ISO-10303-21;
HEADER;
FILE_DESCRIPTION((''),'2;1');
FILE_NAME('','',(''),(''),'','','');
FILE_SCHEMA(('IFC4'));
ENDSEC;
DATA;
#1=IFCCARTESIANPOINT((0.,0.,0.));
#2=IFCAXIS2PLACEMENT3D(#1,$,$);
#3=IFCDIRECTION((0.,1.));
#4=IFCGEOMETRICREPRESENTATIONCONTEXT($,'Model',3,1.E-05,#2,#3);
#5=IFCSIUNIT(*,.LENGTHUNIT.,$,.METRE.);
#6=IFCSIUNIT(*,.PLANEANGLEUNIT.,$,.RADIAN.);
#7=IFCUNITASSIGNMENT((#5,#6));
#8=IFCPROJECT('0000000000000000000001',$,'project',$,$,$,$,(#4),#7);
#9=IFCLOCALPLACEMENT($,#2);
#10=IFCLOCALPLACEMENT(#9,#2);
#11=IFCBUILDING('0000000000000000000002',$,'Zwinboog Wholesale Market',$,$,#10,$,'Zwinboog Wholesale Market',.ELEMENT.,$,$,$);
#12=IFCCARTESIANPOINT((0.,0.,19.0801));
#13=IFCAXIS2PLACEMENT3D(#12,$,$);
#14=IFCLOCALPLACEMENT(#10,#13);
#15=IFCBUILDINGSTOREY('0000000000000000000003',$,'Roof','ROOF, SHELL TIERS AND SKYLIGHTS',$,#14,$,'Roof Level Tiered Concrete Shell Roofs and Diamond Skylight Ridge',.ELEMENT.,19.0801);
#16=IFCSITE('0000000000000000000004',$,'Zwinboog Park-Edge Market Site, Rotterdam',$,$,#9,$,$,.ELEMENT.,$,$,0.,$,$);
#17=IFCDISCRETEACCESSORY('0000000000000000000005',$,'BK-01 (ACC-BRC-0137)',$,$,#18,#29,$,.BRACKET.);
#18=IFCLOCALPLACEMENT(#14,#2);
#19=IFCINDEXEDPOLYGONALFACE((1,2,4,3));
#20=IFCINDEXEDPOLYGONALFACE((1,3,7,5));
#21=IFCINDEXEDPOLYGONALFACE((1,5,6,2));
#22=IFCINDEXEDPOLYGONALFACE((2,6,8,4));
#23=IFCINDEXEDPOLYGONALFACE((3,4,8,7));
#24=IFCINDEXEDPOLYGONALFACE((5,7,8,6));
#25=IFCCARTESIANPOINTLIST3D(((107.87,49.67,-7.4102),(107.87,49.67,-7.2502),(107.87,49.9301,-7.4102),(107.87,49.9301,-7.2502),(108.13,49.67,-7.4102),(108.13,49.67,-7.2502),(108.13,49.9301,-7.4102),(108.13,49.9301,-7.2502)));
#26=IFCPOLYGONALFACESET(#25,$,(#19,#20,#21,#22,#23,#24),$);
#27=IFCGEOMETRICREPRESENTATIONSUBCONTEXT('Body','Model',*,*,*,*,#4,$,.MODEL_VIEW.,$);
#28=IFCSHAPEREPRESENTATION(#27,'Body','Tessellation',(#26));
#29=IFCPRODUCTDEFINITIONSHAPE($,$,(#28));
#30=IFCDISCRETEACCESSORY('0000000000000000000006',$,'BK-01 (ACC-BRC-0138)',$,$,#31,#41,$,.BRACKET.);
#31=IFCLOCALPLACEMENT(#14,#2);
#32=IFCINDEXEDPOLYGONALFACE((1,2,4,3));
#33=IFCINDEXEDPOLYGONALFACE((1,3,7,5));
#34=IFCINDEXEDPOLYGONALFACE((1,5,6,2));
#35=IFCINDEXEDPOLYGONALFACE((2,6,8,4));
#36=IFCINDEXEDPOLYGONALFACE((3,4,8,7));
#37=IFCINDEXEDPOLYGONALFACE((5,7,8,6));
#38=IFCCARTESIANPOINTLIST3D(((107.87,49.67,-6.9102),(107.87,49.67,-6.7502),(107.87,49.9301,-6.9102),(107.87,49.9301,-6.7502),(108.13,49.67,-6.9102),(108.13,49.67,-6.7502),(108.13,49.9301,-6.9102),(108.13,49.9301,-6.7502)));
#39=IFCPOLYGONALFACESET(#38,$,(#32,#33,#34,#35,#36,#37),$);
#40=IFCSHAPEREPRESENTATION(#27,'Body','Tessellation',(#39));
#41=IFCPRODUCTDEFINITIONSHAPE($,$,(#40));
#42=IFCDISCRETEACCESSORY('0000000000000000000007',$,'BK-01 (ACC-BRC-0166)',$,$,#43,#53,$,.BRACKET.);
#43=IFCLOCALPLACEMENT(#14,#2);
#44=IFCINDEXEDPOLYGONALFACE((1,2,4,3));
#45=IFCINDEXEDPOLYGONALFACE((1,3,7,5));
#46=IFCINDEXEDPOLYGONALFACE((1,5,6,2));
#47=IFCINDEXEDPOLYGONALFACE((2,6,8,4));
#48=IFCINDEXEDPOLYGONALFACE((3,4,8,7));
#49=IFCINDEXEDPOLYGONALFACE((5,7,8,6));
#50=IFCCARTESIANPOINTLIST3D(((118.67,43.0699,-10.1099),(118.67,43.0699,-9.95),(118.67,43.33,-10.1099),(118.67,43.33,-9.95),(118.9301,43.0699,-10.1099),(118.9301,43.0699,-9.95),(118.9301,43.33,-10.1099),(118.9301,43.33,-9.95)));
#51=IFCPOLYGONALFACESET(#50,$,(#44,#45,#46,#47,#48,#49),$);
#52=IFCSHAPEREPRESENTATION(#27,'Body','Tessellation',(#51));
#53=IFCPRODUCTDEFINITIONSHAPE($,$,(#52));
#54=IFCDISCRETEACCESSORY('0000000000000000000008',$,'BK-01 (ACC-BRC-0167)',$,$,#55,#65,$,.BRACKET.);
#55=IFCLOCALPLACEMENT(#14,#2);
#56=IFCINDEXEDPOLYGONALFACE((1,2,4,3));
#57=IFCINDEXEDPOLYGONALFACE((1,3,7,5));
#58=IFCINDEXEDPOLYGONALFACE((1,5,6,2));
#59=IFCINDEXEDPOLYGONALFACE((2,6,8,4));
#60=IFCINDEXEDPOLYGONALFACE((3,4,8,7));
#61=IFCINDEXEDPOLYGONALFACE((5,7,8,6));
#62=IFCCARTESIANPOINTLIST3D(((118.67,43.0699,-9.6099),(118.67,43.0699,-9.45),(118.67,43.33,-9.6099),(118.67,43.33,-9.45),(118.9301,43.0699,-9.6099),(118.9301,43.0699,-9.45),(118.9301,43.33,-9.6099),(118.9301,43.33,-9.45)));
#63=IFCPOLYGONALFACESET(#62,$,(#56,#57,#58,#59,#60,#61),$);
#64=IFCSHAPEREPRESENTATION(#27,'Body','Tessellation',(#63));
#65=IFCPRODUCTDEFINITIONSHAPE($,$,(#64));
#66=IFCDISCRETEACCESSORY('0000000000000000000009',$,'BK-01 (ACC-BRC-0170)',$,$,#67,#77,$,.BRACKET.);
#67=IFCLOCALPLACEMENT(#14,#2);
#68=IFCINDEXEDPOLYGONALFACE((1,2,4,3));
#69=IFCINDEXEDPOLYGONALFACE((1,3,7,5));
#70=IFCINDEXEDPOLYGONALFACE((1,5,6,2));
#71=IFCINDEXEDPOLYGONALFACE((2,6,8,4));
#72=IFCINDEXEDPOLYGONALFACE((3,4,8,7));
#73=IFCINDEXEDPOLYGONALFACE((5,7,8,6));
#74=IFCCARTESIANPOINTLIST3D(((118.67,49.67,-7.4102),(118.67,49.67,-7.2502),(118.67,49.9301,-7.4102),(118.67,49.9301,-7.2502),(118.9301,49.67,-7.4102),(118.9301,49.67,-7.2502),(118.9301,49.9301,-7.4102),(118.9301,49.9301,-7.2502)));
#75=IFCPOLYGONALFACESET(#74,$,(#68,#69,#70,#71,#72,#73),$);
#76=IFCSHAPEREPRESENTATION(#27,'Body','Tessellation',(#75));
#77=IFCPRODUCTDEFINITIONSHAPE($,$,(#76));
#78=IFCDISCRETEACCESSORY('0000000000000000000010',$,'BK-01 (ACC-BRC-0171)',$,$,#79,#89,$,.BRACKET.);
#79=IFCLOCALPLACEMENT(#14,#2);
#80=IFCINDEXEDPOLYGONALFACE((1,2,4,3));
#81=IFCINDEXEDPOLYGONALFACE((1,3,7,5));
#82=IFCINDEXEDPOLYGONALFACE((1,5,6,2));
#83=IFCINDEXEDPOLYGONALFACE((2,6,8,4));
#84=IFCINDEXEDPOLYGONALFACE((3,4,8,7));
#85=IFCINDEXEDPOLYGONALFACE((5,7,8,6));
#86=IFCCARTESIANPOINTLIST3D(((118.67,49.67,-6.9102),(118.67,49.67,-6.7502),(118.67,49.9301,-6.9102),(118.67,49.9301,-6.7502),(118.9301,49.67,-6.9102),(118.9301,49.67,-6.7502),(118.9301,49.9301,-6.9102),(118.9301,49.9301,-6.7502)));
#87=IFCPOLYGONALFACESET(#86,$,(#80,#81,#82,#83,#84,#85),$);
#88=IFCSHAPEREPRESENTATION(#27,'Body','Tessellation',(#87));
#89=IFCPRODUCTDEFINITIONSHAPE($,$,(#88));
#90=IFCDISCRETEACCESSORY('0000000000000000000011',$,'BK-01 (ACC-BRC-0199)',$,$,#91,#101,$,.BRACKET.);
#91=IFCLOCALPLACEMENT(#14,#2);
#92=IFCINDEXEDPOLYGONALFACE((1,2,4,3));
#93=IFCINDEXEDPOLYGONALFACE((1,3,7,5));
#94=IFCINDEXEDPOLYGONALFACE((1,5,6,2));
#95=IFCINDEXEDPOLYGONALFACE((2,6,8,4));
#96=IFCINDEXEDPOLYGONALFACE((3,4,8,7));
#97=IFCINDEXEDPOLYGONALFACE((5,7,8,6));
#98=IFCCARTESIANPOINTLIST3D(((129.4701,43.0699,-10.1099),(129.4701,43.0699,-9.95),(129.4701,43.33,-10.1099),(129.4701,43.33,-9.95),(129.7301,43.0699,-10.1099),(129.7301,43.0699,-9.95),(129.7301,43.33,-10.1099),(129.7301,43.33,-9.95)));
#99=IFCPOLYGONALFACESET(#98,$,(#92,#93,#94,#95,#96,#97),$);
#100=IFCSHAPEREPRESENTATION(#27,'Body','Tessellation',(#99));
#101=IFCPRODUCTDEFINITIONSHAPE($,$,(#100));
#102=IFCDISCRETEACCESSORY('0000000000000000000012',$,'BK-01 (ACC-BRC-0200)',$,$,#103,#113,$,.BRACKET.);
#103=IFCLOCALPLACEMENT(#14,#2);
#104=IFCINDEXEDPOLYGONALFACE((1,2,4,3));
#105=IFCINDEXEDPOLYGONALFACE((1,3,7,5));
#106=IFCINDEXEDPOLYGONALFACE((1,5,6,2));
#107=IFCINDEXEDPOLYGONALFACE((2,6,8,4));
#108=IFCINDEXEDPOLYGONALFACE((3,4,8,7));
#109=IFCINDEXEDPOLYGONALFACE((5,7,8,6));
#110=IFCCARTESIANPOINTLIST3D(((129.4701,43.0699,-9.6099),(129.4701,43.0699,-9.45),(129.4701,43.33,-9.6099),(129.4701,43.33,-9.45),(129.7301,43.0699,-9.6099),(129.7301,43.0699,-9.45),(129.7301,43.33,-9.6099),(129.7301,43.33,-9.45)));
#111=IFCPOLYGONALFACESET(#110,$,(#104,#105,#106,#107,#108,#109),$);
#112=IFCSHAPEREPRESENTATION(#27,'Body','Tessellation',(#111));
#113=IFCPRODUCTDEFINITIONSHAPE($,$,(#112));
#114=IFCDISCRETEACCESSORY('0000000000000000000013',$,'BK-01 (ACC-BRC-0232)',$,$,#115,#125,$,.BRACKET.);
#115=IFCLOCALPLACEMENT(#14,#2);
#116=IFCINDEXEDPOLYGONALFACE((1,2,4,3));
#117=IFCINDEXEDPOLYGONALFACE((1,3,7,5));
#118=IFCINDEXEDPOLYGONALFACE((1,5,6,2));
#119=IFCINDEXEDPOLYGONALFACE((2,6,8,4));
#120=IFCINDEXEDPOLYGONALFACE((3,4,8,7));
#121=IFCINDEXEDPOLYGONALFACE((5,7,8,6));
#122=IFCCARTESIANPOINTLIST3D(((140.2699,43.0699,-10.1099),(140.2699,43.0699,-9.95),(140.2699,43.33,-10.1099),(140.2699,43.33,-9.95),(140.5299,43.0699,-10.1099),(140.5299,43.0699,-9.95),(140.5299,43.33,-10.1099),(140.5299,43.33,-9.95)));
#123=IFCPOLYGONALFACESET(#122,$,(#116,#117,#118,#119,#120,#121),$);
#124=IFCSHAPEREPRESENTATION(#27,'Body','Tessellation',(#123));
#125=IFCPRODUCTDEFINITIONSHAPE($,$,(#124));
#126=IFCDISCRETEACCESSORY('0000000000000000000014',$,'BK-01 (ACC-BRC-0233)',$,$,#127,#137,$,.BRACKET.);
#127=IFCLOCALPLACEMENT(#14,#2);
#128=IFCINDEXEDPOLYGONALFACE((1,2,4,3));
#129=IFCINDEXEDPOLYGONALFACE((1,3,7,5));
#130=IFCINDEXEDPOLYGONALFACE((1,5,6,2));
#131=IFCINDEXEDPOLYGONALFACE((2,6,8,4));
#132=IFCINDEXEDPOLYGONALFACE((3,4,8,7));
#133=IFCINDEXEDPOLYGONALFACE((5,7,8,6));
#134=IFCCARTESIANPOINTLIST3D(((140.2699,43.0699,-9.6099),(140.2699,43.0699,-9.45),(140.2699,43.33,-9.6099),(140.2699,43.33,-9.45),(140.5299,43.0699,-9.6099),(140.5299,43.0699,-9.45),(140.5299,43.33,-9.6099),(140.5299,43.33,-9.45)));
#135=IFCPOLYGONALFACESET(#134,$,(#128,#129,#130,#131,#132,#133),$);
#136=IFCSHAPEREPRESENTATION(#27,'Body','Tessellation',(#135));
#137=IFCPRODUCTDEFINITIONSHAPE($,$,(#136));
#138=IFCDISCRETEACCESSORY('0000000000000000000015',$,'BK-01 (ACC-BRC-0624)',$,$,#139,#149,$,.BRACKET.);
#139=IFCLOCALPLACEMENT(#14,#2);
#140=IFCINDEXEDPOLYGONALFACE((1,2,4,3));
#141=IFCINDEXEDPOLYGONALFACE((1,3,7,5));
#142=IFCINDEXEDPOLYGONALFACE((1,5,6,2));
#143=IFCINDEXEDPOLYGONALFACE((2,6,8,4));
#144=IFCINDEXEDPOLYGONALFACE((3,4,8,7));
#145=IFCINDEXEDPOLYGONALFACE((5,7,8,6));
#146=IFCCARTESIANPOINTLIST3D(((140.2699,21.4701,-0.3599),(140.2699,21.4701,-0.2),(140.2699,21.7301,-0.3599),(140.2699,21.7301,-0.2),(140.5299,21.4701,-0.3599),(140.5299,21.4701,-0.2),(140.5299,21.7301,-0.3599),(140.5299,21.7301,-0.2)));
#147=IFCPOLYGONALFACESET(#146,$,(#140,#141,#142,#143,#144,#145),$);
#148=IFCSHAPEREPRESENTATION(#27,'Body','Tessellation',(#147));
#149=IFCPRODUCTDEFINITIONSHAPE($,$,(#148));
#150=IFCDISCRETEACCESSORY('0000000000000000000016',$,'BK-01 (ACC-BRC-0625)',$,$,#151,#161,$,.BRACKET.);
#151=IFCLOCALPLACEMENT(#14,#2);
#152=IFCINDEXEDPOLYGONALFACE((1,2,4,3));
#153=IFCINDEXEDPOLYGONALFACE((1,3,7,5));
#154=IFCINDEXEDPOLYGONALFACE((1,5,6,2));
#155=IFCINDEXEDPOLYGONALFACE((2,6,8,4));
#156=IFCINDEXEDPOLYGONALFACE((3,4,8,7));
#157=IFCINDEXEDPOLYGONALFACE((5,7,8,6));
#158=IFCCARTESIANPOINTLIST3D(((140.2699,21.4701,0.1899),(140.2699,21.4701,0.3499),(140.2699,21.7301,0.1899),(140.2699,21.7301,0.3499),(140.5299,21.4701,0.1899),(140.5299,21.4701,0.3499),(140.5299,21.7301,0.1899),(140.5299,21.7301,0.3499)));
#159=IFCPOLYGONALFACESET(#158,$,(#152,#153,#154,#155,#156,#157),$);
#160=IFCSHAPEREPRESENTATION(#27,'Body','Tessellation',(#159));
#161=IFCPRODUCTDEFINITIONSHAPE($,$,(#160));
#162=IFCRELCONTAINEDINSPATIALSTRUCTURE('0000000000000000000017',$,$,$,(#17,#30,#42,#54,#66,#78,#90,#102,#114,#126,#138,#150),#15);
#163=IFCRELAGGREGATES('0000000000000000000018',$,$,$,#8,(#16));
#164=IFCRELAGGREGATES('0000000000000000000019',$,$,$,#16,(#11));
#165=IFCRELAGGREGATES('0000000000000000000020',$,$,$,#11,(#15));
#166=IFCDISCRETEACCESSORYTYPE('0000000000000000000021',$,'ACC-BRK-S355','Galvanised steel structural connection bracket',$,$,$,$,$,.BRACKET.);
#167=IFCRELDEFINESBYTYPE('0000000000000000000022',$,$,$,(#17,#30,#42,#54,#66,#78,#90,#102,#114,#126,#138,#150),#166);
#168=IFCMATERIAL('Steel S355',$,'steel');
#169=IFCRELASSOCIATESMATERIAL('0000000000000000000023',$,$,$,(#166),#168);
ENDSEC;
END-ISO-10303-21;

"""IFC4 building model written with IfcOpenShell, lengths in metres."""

from ifc_helpers import new_model, si_unit, direction, frame, origin, origin_2d, place, context, subcontext, project, spatial, rectangle, extrude, material, type_object, element, save


model = new_model("IFC4")

# Units and contexts
model_context = context("Model", 3, precision=1e-05, world=origin(), true_north=direction((0.0, 1.0)))
body_context = subcontext(model_context, "Body", "Model", "MODEL_VIEW")
ifc_project = project(units=[si_unit("LENGTHUNIT", "METRE"), si_unit("PLANEANGLEUNIT", "RADIAN")], contexts=[model_context])

# Site, building, storey
site_placement = place(None, origin())
site = spatial("IfcSite", under=ifc_project, at=site_placement, Name="Zwinboog Park-Edge Market Site, Rotterdam", CompositionType="ELEMENT", RefElevation=0.0)
building_placement = place(site_placement, origin())
building = spatial("IfcBuilding", under=site, at=building_placement, Name="Zwinboog Wholesale Market", LongName="Zwinboog Wholesale Market", CompositionType="ELEMENT")
storey_placement = place(building_placement, frame((0.0, 0.0, 19.0801)))
storey = spatial("IfcBuildingStorey", under=building, at=storey_placement, Name="Roof", Description="ROOF, SHELL TIERS AND SKYLIGHTS", LongName="Roof Level Tiered Concrete Shell Roofs and Diamond Skylight Ridge", CompositionType="ELEMENT", Elevation=19.0801)

# Shared definitions
ifc_material_1 = material(Name="Steel S355", Category="steel")

# Discrete accessories
discrete_accessory_type = type_object("IfcDiscreteAccessoryType", Name="ACC-BRK-S355", Description="Galvanised steel structural connection bracket", PredefinedType="BRACKET", material=ifc_material_1)
for number, where, z_axis, x_axis, name in (
    (1, (108.0, 49.8, -7.4102), (0.0, 0.0, 1.0), (1.0, 0.0, 0.0), "BK-01 (ACC-BRC-0137)"),
    (2, (108.0, 49.8, -6.9102), (0.0, 0.0, 1.0), (1.0, 0.0, 0.0), "BK-01 (ACC-BRC-0138)"),
    (3, (118.8, 43.2, -10.1099), (0.0, 0.0, 1.0), (1.0, 0.0, 0.0), "BK-01 (ACC-BRC-0166)"),
    (4, (118.8, 43.2, -9.6099), (0.0, 0.0, 1.0), (1.0, 0.0, 0.0), "BK-01 (ACC-BRC-0167)"),
    (5, (118.8, 49.8, -7.4102), (0.0, 0.0, 1.0), (1.0, 0.0, 0.0), "BK-01 (ACC-BRC-0170)"),
    (6, (118.8, 49.8, -6.9102), (0.0, 0.0, 1.0), (1.0, 0.0, 0.0), "BK-01 (ACC-BRC-0171)"),
    (7, (129.6001, 43.2, -10.1099), (0.0, 0.0, 1.0), (1.0, 0.0, 0.0), "BK-01 (ACC-BRC-0199)"),
    (8, (129.6001, 43.2, -9.6099), (0.0, 0.0, 1.0), (1.0, 0.0, 0.0), "BK-01 (ACC-BRC-0200)"),
    (9, (140.3999, 43.2, -10.1099), (0.0, 0.0, 1.0), (1.0, 0.0, 0.0), "BK-01 (ACC-BRC-0232)"),
    (10, (140.3999, 43.2, -9.6099), (0.0, 0.0, 1.0), (1.0, 0.0, 0.0), "BK-01 (ACC-BRC-0233)"),
    (11, (140.3999, 21.6001, -0.3599), (0.0, 0.0, 1.0), (1.0, 0.0, 0.0), "BK-01 (ACC-BRC-0624)"),
    (12, (140.3999, 21.6001, 0.1899), (0.0, 0.0, 1.0), (1.0, 0.0, 0.0), "BK-01 (ACC-BRC-0625)"),
):
    element("IfcDiscreteAccessory", number, at=place(storey_placement, frame(where, z_axis=z_axis, x_axis=x_axis)), inside=storey, type_object=discrete_accessory_type, Name=name, PredefinedType="BRACKET", context=body_context, shape_type="SweptSolid", body=[
        extrude(rectangle(XDim=0.26, YDim=0.26, at=origin_2d()), origin(), (0.0, 0.0, 1.0), 0.1599),
    ])

save(model, "model.ifc")
